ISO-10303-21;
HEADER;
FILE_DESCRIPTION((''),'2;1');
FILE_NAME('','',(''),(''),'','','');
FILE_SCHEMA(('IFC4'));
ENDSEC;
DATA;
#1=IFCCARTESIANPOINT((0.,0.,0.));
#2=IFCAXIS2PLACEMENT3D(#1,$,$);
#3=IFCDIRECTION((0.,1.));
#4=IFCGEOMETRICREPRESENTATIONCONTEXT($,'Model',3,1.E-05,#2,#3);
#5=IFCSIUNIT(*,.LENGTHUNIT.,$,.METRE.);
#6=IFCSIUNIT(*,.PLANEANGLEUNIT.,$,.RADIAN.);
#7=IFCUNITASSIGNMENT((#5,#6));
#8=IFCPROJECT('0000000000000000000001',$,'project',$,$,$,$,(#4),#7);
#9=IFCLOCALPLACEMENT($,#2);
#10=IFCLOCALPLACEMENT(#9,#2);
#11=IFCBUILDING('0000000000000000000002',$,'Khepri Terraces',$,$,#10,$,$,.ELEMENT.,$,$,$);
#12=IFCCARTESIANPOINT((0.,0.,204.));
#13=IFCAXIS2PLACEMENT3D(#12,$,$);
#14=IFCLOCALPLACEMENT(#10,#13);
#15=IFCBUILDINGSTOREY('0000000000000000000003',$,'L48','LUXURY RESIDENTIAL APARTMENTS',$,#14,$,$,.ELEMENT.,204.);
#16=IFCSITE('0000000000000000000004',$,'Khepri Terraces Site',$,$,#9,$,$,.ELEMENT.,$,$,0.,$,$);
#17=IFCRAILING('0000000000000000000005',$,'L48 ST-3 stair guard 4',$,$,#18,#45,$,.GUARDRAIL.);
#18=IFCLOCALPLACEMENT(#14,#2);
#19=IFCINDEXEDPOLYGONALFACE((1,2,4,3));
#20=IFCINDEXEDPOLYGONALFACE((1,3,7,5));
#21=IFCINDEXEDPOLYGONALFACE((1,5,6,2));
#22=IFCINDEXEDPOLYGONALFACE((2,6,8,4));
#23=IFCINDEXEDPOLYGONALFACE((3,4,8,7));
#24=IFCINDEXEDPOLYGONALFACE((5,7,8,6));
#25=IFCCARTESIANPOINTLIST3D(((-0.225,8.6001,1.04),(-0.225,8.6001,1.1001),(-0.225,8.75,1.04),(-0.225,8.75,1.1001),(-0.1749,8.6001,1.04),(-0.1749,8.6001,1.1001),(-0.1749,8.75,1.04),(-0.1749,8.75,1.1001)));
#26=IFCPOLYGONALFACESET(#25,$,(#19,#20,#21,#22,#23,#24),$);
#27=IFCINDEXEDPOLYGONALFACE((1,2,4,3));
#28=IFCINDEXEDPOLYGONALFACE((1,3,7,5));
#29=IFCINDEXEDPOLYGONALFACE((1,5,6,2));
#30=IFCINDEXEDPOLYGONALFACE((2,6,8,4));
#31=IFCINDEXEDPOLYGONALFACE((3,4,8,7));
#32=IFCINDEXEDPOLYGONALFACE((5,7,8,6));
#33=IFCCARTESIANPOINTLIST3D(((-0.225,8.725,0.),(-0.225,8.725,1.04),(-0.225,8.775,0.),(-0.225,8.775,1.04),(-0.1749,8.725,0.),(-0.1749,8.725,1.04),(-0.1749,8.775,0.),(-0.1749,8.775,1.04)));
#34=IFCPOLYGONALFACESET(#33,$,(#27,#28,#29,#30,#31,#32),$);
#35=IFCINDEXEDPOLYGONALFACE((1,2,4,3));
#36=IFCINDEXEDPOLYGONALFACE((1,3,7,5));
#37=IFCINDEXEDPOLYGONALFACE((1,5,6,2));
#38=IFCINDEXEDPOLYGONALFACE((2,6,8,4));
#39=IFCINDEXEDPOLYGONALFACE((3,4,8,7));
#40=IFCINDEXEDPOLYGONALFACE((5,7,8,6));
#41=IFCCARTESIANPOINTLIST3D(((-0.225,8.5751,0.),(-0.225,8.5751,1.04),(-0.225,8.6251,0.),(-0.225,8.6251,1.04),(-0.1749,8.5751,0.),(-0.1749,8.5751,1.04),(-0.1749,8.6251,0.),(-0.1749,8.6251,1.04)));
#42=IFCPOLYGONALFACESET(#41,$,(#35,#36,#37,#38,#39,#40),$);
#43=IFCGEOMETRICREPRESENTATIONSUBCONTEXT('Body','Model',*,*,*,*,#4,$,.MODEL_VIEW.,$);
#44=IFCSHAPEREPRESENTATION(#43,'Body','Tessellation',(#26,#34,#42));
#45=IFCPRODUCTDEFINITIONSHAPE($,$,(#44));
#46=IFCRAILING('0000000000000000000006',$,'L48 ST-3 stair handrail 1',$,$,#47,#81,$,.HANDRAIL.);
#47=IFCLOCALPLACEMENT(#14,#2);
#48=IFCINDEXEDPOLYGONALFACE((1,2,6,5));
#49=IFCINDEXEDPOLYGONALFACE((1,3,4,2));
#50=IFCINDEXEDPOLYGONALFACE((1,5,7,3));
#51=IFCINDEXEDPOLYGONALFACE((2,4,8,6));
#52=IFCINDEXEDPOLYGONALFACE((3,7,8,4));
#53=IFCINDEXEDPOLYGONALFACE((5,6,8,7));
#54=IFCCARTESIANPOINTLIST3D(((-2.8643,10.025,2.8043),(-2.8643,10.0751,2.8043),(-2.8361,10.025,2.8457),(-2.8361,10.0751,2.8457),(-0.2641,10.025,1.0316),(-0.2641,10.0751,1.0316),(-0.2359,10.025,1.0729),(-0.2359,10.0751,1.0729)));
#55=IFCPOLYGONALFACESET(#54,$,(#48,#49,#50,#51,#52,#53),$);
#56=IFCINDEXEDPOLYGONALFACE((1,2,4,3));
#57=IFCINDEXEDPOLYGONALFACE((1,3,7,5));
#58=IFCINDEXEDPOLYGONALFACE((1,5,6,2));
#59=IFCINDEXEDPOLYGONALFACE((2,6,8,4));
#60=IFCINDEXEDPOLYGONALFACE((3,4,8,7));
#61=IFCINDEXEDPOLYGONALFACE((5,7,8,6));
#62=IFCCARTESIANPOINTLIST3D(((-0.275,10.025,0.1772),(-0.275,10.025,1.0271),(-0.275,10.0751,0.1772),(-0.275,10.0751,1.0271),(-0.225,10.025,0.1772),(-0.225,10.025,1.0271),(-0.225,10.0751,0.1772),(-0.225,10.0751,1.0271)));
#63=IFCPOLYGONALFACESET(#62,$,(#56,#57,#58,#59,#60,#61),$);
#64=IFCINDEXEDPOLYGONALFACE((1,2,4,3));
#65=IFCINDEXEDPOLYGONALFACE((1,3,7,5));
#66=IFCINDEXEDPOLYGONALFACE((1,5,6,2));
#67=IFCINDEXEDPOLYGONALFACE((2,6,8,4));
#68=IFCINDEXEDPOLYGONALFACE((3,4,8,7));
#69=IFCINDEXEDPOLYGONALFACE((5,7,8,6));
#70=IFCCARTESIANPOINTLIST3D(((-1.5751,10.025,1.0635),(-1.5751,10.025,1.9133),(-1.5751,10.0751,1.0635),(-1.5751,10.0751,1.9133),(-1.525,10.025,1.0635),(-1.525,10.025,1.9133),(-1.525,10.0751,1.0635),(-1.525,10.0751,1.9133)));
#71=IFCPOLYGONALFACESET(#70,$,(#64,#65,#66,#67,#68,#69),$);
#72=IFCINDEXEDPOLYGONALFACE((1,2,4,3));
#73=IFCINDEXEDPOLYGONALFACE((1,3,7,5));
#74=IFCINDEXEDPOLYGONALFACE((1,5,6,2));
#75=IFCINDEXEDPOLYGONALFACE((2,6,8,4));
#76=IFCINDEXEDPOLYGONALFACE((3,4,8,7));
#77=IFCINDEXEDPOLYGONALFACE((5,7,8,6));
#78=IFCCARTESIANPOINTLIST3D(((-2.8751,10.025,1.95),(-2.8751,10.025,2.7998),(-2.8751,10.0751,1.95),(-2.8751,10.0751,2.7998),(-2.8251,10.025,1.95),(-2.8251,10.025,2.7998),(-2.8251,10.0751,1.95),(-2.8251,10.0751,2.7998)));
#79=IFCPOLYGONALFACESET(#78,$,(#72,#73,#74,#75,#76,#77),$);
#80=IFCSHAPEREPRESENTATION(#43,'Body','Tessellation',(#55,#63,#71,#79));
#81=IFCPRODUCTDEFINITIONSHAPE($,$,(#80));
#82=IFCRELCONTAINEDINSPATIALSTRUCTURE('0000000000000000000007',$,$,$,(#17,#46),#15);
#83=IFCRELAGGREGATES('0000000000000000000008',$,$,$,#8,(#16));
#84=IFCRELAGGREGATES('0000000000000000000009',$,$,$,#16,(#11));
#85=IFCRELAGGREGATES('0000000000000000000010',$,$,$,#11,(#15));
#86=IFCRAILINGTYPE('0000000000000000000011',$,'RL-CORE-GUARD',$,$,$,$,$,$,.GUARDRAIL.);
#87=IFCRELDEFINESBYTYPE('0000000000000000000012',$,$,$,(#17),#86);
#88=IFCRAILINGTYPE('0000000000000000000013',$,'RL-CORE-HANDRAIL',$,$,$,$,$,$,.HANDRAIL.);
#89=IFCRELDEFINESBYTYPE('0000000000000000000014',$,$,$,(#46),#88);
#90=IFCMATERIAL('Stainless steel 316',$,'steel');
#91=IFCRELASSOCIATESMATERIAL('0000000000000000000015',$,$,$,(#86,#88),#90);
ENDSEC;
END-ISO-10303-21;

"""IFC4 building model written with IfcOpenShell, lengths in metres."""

from ifc_helpers import new_model, si_unit, direction, frame, origin, origin_2d, place, context, subcontext, project, spatial, rectangle, extrude, material, type_object, element, save


model = new_model("IFC4")

# Units and contexts
model_context = context("Model", 3, precision=1e-05, world=origin(), true_north=direction((0.0, 1.0)))
body_context = subcontext(model_context, "Body", "Model", "MODEL_VIEW")
ifc_project = project(units=[si_unit("LENGTHUNIT", "METRE"), si_unit("PLANEANGLEUNIT", "RADIAN")], contexts=[model_context])

# Site, building, storey
site_placement = place(None, origin())
site = spatial("IfcSite", under=ifc_project, at=site_placement, Name="Khepri Terraces Site", CompositionType="ELEMENT", RefElevation=0.0)
building_placement = place(site_placement, origin())
building = spatial("IfcBuilding", under=site, at=building_placement, Name="Khepri Terraces", CompositionType="ELEMENT")
storey_placement = place(building_placement, frame((0.0, 0.0, 204.0)))
storey = spatial("IfcBuildingStorey", under=building, at=storey_placement, Name="L48", Description="LUXURY RESIDENTIAL APARTMENTS", CompositionType="ELEMENT", Elevation=204.0)

# Railings
ifc_material_1 = material(Name="Stainless steel 316", Category="steel")
railing_type_1 = type_object("IfcRailingType", Name="RL-CORE-GUARD", PredefinedType="GUARDRAIL", material=ifc_material_1)
for number, where, name in (
    (1, (-0.2, 8.75, 0.0), "L48 ST-3 stair guard 4"),
):
    element("IfcRailing", number, at=place(storey_placement, frame(where)), inside=storey, type_object=railing_type_1, Name=name, PredefinedType="GUARDRAIL", context=body_context, shape_type="SweptSolid", body=[
        extrude(rectangle(XDim=0.05, YDim=0.0601, at=origin_2d()), frame((0.0, 0.0, 1.0701), z_axis=(0.0, -1.0, 0.0), x_axis=(1.0, 0.0, 0.0)), (0.0, 0.0, 1.0), 0.1499),
        extrude(rectangle(XDim=0.05, YDim=0.05, at=origin_2d()), origin(), (0.0, 0.0, 1.0), 1.04),
        extrude(rectangle(XDim=0.05, YDim=0.05, at=origin_2d()), frame((0.0, -0.1499, 0.0)), (0.0, 0.0, 1.0), 1.04),
    ])
railing_type_2 = type_object("IfcRailingType", Name="RL-CORE-HANDRAIL", PredefinedType="HANDRAIL", material=ifc_material_1)
railing_1_placement = place(storey_placement, frame((-0.25, 10.05, 0.1772)))
element("IfcRailing", 2, at=railing_1_placement, inside=storey, type_object=railing_type_2, Name="L48 ST-3 stair handrail 1", PredefinedType="HANDRAIL", context=body_context, shape_type="SweptSolid", body=[
    extrude(rectangle(XDim=0.05, YDim=0.05, at=origin_2d()), frame((0.0, 0.0, 0.875), z_axis=(-0.82624, 0.0, 0.563318), x_axis=(0.0, -1.0, 0.0)), (0.0, 0.0, 1.0), 3.147),
    extrude(rectangle(XDim=0.05, YDim=0.05, at=origin_2d()), origin(), (0.0, 0.0, 1.0), 0.8499),
    extrude(rectangle(XDim=0.05, YDim=0.05, at=origin_2d()), frame((-1.3, 0.0, 0.8862)), (0.0, 0.0, 1.0), 0.8499),
    extrude(rectangle(XDim=0.05, YDim=0.05, at=origin_2d()), frame((-2.6001, 0.0, 1.7727)), (0.0, 0.0, 1.0), 0.8499),
])

save(model, "model.ifc")
